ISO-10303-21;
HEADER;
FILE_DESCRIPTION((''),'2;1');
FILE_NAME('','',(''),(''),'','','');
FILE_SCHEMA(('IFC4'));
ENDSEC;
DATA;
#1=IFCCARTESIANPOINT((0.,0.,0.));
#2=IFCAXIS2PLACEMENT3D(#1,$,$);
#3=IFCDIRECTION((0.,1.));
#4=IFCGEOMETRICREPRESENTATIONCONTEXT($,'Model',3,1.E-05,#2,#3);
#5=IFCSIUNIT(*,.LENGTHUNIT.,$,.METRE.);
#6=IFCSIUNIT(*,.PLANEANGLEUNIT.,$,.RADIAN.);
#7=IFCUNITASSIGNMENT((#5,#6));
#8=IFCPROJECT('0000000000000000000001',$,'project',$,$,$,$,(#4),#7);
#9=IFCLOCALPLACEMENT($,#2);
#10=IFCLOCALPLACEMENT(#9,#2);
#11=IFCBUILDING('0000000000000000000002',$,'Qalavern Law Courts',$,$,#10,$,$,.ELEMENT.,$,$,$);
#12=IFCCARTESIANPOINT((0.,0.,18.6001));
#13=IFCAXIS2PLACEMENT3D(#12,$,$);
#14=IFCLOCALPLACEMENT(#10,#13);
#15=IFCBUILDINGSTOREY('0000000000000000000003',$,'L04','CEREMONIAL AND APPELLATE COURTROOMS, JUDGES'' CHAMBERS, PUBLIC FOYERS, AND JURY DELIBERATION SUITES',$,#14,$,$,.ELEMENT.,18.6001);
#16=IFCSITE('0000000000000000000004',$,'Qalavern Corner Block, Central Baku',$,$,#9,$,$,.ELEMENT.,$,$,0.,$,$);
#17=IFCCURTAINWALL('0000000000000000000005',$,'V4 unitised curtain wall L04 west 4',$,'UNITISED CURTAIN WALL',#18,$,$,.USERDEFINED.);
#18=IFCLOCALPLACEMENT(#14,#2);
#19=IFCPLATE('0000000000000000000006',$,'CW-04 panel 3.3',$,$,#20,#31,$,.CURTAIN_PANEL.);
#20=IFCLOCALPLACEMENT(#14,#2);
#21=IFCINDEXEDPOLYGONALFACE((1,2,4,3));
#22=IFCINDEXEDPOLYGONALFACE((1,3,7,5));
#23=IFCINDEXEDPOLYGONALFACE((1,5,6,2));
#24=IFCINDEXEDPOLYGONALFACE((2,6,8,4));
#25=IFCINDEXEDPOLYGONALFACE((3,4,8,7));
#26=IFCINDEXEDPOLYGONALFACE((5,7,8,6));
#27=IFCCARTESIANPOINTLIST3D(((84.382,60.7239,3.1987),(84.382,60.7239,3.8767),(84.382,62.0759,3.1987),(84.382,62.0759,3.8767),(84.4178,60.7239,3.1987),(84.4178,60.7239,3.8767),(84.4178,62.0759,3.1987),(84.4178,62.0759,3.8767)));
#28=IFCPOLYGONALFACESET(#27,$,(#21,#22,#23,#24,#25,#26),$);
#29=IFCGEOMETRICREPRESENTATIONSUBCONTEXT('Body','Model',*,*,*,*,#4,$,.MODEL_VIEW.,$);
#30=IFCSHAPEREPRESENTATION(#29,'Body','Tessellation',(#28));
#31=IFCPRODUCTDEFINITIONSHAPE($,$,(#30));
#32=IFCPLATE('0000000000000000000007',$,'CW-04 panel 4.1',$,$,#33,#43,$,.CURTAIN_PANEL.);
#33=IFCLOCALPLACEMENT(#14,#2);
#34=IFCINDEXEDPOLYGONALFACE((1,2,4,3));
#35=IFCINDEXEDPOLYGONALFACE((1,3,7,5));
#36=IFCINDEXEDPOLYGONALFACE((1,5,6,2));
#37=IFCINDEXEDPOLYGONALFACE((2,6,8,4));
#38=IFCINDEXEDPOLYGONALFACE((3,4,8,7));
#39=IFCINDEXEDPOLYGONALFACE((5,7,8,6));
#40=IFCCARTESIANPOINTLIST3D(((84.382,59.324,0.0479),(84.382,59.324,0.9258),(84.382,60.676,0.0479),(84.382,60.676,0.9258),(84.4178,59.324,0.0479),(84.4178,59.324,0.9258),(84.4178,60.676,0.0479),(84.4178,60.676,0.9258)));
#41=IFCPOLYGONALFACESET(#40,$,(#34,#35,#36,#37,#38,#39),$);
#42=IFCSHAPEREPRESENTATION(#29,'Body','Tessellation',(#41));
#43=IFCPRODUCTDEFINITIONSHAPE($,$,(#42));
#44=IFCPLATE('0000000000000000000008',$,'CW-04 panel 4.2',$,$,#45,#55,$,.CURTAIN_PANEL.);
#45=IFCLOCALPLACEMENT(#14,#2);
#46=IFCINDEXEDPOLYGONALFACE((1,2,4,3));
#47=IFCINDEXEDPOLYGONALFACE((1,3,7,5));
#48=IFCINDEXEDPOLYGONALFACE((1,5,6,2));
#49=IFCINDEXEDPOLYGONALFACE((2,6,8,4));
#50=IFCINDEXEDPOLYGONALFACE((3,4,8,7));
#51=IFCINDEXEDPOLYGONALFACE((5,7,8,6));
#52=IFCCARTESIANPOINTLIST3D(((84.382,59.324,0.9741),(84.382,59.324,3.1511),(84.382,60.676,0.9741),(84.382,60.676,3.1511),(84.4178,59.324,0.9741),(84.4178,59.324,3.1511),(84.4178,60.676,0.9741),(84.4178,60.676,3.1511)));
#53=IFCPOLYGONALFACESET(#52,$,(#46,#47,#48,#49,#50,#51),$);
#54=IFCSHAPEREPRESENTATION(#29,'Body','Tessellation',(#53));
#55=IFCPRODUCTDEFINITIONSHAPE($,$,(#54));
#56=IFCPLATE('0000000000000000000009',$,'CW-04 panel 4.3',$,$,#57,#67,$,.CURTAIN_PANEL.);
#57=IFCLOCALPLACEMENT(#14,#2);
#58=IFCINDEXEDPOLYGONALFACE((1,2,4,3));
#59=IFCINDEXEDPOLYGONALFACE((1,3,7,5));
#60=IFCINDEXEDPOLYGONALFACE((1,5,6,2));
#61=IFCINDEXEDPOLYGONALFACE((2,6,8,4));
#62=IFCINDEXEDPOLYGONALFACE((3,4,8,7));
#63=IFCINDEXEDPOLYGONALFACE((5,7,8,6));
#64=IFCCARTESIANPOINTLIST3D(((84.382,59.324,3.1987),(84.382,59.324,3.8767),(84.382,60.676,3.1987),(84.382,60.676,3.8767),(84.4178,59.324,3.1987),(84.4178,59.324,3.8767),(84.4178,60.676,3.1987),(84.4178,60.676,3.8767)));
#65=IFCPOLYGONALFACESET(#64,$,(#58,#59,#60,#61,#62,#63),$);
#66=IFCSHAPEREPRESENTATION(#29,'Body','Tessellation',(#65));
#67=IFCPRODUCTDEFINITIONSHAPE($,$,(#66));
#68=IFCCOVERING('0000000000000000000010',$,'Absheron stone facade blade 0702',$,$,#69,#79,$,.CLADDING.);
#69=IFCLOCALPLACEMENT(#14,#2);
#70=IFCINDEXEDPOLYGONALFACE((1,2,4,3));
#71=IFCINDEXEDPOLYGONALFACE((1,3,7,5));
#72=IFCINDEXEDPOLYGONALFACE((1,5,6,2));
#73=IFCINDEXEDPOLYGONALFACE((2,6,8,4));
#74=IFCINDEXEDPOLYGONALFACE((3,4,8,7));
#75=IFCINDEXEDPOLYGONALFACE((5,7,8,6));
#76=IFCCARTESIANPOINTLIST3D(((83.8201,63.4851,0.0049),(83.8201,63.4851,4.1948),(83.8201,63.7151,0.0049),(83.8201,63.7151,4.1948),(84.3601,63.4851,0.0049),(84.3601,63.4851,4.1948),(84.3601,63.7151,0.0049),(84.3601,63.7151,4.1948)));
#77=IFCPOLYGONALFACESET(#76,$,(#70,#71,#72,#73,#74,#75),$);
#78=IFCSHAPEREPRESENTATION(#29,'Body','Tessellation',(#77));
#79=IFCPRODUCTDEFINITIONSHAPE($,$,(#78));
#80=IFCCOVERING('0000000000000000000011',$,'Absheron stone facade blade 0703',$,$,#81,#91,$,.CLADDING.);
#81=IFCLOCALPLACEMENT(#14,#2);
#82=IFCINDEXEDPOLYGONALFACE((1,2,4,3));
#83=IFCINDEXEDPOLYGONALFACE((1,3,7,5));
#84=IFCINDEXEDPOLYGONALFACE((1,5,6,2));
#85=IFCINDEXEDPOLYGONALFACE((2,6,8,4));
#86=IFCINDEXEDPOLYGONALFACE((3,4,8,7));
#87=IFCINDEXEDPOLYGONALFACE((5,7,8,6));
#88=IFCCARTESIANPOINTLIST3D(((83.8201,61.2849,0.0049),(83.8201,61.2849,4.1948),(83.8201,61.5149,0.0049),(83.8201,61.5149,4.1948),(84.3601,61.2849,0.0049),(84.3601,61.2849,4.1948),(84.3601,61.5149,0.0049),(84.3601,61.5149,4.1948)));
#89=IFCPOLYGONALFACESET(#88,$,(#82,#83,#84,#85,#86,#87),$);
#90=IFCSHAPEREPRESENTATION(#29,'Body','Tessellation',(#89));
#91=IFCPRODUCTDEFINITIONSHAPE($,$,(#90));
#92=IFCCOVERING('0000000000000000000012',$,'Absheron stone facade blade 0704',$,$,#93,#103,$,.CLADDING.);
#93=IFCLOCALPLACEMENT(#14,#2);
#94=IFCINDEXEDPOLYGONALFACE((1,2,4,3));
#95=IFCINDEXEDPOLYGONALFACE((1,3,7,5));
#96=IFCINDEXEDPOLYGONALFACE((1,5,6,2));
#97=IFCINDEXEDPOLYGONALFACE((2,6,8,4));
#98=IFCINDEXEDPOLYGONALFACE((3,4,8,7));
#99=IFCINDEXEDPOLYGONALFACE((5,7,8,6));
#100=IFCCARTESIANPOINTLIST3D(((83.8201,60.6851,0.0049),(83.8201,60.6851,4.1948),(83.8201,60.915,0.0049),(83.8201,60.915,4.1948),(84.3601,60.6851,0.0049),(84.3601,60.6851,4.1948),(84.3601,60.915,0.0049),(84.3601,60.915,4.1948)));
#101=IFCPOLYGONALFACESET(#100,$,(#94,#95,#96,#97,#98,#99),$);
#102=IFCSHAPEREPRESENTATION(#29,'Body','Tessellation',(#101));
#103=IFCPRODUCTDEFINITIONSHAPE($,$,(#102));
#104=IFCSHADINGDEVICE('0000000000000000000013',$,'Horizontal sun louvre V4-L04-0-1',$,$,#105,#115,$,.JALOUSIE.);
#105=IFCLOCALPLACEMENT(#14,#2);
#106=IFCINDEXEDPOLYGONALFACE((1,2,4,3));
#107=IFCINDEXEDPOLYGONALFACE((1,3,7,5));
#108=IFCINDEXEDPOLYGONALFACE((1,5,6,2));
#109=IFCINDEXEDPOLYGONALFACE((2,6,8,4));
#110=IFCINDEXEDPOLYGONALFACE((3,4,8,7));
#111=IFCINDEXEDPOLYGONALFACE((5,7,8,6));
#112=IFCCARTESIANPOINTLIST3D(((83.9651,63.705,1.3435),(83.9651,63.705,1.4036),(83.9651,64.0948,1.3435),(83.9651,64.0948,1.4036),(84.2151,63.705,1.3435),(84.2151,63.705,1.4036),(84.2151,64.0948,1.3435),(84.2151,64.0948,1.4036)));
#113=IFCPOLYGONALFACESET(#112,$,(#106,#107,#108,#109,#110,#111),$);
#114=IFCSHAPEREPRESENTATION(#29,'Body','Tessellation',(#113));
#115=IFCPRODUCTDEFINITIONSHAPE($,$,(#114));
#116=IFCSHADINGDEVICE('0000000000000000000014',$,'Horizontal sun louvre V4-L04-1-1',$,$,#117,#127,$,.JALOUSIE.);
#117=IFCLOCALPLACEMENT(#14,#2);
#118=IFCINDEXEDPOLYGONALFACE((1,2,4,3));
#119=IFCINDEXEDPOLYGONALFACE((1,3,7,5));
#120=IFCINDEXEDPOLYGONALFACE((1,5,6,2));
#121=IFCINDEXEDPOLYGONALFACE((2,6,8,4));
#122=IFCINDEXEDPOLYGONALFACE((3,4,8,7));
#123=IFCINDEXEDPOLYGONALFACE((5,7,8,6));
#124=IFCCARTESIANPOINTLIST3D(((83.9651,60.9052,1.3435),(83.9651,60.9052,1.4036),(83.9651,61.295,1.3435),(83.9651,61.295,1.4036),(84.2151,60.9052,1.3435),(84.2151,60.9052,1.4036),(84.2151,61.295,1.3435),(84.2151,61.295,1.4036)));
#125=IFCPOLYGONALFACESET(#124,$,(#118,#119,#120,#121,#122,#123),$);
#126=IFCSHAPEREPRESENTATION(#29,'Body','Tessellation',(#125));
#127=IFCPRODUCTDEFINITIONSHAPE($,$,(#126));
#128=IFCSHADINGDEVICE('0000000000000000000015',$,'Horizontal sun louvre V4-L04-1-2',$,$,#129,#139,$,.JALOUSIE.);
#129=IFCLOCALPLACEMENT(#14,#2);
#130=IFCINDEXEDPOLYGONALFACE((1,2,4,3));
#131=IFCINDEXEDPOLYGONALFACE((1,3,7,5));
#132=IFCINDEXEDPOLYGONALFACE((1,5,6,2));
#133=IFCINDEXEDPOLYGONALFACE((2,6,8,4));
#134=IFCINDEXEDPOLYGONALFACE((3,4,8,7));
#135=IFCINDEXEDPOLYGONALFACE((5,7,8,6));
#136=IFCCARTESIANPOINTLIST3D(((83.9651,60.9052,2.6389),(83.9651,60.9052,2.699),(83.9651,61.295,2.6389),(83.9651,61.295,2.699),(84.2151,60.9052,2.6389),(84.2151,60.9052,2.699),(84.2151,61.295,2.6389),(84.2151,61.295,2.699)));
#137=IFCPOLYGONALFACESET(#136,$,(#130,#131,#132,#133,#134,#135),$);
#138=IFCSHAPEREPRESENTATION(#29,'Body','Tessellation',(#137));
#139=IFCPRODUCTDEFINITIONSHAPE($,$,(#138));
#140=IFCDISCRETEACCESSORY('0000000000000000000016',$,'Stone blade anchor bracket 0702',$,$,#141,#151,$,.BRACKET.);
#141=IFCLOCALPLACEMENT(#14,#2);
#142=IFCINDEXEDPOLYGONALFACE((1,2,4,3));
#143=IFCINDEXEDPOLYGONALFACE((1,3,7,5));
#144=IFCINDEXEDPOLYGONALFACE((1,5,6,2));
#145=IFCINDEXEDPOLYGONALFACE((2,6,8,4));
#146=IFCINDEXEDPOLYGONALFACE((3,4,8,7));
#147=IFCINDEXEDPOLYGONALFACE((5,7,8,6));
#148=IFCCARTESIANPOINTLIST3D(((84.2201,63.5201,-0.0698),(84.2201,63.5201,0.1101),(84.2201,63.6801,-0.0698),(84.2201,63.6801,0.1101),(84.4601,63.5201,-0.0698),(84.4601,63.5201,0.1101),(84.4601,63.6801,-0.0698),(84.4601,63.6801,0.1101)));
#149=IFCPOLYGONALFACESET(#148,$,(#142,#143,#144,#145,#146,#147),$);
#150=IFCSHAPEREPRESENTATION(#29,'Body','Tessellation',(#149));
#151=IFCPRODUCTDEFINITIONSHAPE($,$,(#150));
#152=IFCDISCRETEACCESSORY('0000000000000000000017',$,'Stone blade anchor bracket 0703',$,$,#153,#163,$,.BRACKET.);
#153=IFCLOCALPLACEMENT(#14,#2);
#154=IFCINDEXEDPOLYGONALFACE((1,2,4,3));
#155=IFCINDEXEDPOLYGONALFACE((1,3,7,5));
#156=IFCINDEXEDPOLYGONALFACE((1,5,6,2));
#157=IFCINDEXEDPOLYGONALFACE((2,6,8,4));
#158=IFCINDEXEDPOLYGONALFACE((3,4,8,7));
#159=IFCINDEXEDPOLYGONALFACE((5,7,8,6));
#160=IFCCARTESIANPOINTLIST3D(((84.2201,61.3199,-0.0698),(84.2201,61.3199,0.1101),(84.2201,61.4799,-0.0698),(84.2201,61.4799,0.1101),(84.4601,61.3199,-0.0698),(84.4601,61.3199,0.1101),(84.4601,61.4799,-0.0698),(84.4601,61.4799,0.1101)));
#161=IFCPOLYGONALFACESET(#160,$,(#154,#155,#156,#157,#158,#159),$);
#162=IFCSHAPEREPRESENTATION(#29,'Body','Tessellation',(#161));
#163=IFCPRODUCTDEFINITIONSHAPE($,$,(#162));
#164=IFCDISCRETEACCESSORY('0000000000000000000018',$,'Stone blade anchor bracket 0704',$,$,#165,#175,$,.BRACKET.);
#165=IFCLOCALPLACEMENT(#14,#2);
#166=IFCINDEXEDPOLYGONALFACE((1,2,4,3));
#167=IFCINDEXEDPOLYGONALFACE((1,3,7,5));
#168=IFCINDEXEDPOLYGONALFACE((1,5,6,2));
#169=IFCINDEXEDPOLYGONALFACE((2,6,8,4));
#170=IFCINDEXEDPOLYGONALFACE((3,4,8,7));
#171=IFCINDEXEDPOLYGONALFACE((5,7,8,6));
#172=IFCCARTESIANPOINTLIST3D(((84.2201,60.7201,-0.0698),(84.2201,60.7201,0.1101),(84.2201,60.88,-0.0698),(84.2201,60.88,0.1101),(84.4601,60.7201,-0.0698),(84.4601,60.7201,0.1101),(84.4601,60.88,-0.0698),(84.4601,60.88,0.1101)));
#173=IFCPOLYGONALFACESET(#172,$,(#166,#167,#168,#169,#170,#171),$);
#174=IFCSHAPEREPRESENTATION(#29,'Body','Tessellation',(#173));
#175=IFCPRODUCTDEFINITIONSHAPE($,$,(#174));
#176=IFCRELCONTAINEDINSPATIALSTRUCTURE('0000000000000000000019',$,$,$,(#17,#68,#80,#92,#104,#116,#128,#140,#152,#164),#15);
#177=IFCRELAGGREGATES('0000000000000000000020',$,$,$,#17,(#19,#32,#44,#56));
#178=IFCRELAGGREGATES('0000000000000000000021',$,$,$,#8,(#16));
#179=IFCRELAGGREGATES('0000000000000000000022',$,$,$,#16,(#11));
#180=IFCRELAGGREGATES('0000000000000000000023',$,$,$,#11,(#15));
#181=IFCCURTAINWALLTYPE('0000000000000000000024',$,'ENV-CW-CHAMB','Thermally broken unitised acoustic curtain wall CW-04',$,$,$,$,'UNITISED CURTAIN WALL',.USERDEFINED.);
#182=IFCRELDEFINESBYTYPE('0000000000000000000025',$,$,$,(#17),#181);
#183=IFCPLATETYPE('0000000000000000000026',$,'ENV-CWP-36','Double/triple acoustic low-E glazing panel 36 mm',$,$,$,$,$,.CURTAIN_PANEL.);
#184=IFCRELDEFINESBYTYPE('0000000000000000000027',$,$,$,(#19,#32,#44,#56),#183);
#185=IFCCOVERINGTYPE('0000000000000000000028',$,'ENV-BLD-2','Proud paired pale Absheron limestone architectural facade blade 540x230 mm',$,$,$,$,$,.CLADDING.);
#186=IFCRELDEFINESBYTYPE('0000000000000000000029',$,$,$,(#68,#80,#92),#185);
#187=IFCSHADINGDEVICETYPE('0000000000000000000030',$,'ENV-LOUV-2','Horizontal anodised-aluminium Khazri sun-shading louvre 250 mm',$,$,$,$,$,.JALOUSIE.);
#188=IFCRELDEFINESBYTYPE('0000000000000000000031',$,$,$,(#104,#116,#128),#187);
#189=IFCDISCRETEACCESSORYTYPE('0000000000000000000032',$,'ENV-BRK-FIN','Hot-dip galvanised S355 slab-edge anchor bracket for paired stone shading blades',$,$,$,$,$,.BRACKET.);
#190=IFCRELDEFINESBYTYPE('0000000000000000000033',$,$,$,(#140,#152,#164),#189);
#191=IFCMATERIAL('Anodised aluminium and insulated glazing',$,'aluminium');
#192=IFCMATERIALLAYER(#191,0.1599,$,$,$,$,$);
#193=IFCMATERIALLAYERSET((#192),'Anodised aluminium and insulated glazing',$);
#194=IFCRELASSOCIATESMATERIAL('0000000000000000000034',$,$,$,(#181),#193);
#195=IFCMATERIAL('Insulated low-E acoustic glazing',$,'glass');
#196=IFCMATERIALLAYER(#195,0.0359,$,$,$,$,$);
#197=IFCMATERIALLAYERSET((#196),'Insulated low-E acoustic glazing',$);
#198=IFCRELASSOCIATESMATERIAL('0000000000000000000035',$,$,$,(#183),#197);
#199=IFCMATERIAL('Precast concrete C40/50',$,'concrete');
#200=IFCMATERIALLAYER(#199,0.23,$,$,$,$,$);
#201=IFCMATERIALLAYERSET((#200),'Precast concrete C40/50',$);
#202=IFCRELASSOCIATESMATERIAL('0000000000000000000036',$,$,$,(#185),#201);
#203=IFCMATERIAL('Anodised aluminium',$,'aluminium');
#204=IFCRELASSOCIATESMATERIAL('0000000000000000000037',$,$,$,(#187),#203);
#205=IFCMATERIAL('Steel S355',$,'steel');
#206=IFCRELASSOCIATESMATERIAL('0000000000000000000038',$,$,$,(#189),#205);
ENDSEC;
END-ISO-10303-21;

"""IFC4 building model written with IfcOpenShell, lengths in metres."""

from ifc_helpers import new_model, si_unit, direction, frame, origin, origin_2d, place, context, subcontext, project, spatial, rectangle, extrude, material, layer, layer_set, type_object, element, aggregate, save


model = new_model("IFC4")

# Units and contexts
model_context = context("Model", 3, precision=1e-05, world=origin(), true_north=direction((0.0, 1.0)))
body_context = subcontext(model_context, "Body", "Model", "MODEL_VIEW")
ifc_project = project(units=[si_unit("LENGTHUNIT", "METRE"), si_unit("PLANEANGLEUNIT", "RADIAN")], contexts=[model_context])

# Site, building, storey
site_placement = place(None, origin())
site = spatial("IfcSite", under=ifc_project, at=site_placement, Name="Qalavern Corner Block, Central Baku", CompositionType="ELEMENT", RefElevation=0.0)
building_placement = place(site_placement, origin())
building = spatial("IfcBuilding", under=site, at=building_placement, Name="Qalavern Law Courts", CompositionType="ELEMENT")
storey_placement = place(building_placement, frame((0.0, 0.0, 18.6001)))
storey = spatial("IfcBuildingStorey", under=building, at=storey_placement, Name="L04", Description="CEREMONIAL AND APPELLATE COURTROOMS, JUDGES' CHAMBERS, PUBLIC FOYERS, AND JURY DELIBERATION SUITES", CompositionType="ELEMENT", Elevation=18.6001)

# Curtain wall, plates
ifc_material_1 = material(Name="Anodised aluminium and insulated glazing", Category="aluminium")
ifc_layer_1 = layer(ifc_material_1, 0.1599)
ifc_layer_set_1 = layer_set([ifc_layer_1], Name="Anodised aluminium and insulated glazing")
curtain_wall_type = type_object("IfcCurtainWallType", Name="ENV-CW-CHAMB", Description="Thermally broken unitised acoustic curtain wall CW-04", ElementType="UNITISED CURTAIN WALL", PredefinedType="USERDEFINED", material=ifc_layer_set_1)
curtain_wall_placement = place(storey_placement, origin())
curtain_wall = element("IfcCurtainWall", 1, at=curtain_wall_placement, inside=storey, type_object=curtain_wall_type, Name="V4 unitised curtain wall L04 west 4", ObjectType="UNITISED CURTAIN WALL", PredefinedType="USERDEFINED")
ifc_material_2 = material(Name="Anodised aluminium", Category="aluminium")
ifc_material_3 = material(Name="Insulated low-E acoustic glazing", Category="glass")
ifc_layer_2 = layer(ifc_material_3, 0.0359)
ifc_layer_set_2 = layer_set([ifc_layer_2], Name="Insulated low-E acoustic glazing")
plate_type = type_object("IfcPlateType", Name="ENV-CWP-36", Description="Double/triple acoustic low-E glazing panel 36 mm", PredefinedType="CURTAIN_PANEL", material=ifc_layer_set_2)
plate_1_placement = place(storey_placement, frame((84.3999, 61.3999, 3.1987), z_axis=(0.0, 0.0, 1.0), x_axis=(0.0, -1.0, 0.0)))
plate_1 = element("IfcPlate", 2, at=plate_1_placement, type_object=plate_type, Name="CW-04 panel 3.3", PredefinedType="CURTAIN_PANEL", context=body_context, shape_type="SweptSolid", body=[
    extrude(rectangle(XDim=1.3521, YDim=0.0359, at=origin_2d()), origin(), (0.0, 0.0, 1.0), 0.678),
])
plate_2_placement = place(storey_placement, frame((84.3999, 60.0, 0.0479), z_axis=(0.0, 0.0, 1.0), x_axis=(0.0, -1.0, 0.0)))
plate_2 = element("IfcPlate", 3, at=plate_2_placement, type_object=plate_type, Name="CW-04 panel 4.1", PredefinedType="CURTAIN_PANEL", context=body_context, shape_type="SweptSolid", body=[
    extrude(rectangle(XDim=1.3521, YDim=0.0359, at=origin_2d()), origin(), (0.0, 0.0, 1.0), 0.8779),
])
plate_3_placement = place(storey_placement, frame((84.3999, 60.0, 0.9741), z_axis=(0.0, 0.0, 1.0), x_axis=(0.0, -1.0, 0.0)))
plate_3 = element("IfcPlate", 4, at=plate_3_placement, type_object=plate_type, Name="CW-04 panel 4.2", PredefinedType="CURTAIN_PANEL", context=body_context, shape_type="SweptSolid", body=[
    extrude(rectangle(XDim=1.3521, YDim=0.0359, at=origin_2d()), origin(), (0.0, 0.0, 1.0), 2.177),
])
plate_4_placement = place(storey_placement, frame((84.3999, 60.0, 3.1987), z_axis=(0.0, 0.0, 1.0), x_axis=(0.0, -1.0, 0.0)))
plate_4 = element("IfcPlate", 5, at=plate_4_placement, type_object=plate_type, Name="CW-04 panel 4.3", PredefinedType="CURTAIN_PANEL", context=body_context, shape_type="SweptSolid", body=[
    extrude(rectangle(XDim=1.3521, YDim=0.0359, at=origin_2d()), origin(), (0.0, 0.0, 1.0), 0.678),
])
aggregate(curtain_wall, [plate_1, plate_2, plate_3, plate_4])

# Coverings
ifc_material_4 = material(Name="Precast concrete C40/50", Category="concrete")
ifc_layer_3 = layer(ifc_material_4, 0.23)
ifc_layer_set_3 = layer_set([ifc_layer_3], Name="Precast concrete C40/50")
covering_type = type_object("IfcCoveringType", Name="ENV-BLD-2", Description="Proud paired pale Absheron limestone architectural facade blade 540x230 mm", PredefinedType="CLADDING", material=ifc_layer_set_3)
for number, where, z_axis, x_axis, name in (
    (6, (84.0901, 63.6001, 0.0049), (0.0, 0.0, 1.0), (-1.0, 0.0, 0.0), "Absheron stone facade blade 0702"),
    (7, (84.0901, 61.3999, 0.0049), (0.0, 0.0, 1.0), (-1.0, 0.0, 0.0), "Absheron stone facade blade 0703"),
    (8, (84.0901, 60.8, 0.0049), (0.0, 0.0, 1.0), (-1.0, 0.0, 0.0), "Absheron stone facade blade 0704"),
):
    element("IfcCovering", number, at=place(storey_placement, frame(where, z_axis=z_axis, x_axis=x_axis)), inside=storey, type_object=covering_type, Name=name, PredefinedType="CLADDING", context=body_context, shape_type="SweptSolid", body=[
        extrude(rectangle(XDim=0.54, YDim=0.23, at=origin_2d()), origin(), (0.0, 0.0, 1.0), 4.1899),
    ])

# Shading devices
shading_device_type = type_object("IfcShadingDeviceType", Name="ENV-LOUV-2", Description="Horizontal anodised-aluminium Khazri sun-shading louvre 250 mm", PredefinedType="JALOUSIE", material=ifc_material_2)
for number, where, z_axis, x_axis, name in (
    (9, (84.0901, 63.8999, 1.3435), (0.0, 0.0, 1.0), (0.0, -1.0, 0.0), "Horizontal sun louvre V4-L04-0-1"),
    (10, (84.0901, 61.1001, 1.3435), (0.0, 0.0, 1.0), (0.0, -1.0, 0.0), "Horizontal sun louvre V4-L04-1-1"),
    (11, (84.0901, 61.1001, 2.6389), (0.0, 0.0, 1.0), (0.0, -1.0, 0.0), "Horizontal sun louvre V4-L04-1-2"),
):
    element("IfcShadingDevice", number, at=place(storey_placement, frame(where, z_axis=z_axis, x_axis=x_axis)), inside=storey, type_object=shading_device_type, Name=name, PredefinedType="JALOUSIE", context=body_context, shape_type="SweptSolid", body=[
        extrude(rectangle(XDim=0.3899, YDim=0.25, at=origin_2d()), origin(), (0.0, 0.0, 1.0), 0.0601),
    ])

# Discrete accessories
ifc_material_5 = material(Name="Steel S355", Category="steel")
discrete_accessory_type = type_object("IfcDiscreteAccessoryType", Name="ENV-BRK-FIN", Description="Hot-dip galvanised S355 slab-edge anchor bracket for paired stone shading blades", PredefinedType="BRACKET", material=ifc_material_5)
for number, where, z_axis, x_axis, name in (
    (12, (84.3401, 63.6001, -0.0698), (0.0, 0.0, 1.0), (-1.0, 0.0, 0.0), "Stone blade anchor bracket 0702"),
    (13, (84.3401, 61.3999, -0.0698), (0.0, 0.0, 1.0), (-1.0, 0.0, 0.0), "Stone blade anchor bracket 0703"),
    (14, (84.3401, 60.8, -0.0698), (0.0, 0.0, 1.0), (-1.0, 0.0, 0.0), "Stone blade anchor bracket 0704"),
):
    element("IfcDiscreteAccessory", number, at=place(storey_placement, frame(where, z_axis=z_axis, x_axis=x_axis)), inside=storey, type_object=discrete_accessory_type, Name=name, PredefinedType="BRACKET", context=body_context, shape_type="SweptSolid", body=[
        extrude(rectangle(XDim=0.24, YDim=0.1599, at=origin_2d()), origin(), (0.0, 0.0, 1.0), 0.1799),
    ])

save(model, "model.ifc")
